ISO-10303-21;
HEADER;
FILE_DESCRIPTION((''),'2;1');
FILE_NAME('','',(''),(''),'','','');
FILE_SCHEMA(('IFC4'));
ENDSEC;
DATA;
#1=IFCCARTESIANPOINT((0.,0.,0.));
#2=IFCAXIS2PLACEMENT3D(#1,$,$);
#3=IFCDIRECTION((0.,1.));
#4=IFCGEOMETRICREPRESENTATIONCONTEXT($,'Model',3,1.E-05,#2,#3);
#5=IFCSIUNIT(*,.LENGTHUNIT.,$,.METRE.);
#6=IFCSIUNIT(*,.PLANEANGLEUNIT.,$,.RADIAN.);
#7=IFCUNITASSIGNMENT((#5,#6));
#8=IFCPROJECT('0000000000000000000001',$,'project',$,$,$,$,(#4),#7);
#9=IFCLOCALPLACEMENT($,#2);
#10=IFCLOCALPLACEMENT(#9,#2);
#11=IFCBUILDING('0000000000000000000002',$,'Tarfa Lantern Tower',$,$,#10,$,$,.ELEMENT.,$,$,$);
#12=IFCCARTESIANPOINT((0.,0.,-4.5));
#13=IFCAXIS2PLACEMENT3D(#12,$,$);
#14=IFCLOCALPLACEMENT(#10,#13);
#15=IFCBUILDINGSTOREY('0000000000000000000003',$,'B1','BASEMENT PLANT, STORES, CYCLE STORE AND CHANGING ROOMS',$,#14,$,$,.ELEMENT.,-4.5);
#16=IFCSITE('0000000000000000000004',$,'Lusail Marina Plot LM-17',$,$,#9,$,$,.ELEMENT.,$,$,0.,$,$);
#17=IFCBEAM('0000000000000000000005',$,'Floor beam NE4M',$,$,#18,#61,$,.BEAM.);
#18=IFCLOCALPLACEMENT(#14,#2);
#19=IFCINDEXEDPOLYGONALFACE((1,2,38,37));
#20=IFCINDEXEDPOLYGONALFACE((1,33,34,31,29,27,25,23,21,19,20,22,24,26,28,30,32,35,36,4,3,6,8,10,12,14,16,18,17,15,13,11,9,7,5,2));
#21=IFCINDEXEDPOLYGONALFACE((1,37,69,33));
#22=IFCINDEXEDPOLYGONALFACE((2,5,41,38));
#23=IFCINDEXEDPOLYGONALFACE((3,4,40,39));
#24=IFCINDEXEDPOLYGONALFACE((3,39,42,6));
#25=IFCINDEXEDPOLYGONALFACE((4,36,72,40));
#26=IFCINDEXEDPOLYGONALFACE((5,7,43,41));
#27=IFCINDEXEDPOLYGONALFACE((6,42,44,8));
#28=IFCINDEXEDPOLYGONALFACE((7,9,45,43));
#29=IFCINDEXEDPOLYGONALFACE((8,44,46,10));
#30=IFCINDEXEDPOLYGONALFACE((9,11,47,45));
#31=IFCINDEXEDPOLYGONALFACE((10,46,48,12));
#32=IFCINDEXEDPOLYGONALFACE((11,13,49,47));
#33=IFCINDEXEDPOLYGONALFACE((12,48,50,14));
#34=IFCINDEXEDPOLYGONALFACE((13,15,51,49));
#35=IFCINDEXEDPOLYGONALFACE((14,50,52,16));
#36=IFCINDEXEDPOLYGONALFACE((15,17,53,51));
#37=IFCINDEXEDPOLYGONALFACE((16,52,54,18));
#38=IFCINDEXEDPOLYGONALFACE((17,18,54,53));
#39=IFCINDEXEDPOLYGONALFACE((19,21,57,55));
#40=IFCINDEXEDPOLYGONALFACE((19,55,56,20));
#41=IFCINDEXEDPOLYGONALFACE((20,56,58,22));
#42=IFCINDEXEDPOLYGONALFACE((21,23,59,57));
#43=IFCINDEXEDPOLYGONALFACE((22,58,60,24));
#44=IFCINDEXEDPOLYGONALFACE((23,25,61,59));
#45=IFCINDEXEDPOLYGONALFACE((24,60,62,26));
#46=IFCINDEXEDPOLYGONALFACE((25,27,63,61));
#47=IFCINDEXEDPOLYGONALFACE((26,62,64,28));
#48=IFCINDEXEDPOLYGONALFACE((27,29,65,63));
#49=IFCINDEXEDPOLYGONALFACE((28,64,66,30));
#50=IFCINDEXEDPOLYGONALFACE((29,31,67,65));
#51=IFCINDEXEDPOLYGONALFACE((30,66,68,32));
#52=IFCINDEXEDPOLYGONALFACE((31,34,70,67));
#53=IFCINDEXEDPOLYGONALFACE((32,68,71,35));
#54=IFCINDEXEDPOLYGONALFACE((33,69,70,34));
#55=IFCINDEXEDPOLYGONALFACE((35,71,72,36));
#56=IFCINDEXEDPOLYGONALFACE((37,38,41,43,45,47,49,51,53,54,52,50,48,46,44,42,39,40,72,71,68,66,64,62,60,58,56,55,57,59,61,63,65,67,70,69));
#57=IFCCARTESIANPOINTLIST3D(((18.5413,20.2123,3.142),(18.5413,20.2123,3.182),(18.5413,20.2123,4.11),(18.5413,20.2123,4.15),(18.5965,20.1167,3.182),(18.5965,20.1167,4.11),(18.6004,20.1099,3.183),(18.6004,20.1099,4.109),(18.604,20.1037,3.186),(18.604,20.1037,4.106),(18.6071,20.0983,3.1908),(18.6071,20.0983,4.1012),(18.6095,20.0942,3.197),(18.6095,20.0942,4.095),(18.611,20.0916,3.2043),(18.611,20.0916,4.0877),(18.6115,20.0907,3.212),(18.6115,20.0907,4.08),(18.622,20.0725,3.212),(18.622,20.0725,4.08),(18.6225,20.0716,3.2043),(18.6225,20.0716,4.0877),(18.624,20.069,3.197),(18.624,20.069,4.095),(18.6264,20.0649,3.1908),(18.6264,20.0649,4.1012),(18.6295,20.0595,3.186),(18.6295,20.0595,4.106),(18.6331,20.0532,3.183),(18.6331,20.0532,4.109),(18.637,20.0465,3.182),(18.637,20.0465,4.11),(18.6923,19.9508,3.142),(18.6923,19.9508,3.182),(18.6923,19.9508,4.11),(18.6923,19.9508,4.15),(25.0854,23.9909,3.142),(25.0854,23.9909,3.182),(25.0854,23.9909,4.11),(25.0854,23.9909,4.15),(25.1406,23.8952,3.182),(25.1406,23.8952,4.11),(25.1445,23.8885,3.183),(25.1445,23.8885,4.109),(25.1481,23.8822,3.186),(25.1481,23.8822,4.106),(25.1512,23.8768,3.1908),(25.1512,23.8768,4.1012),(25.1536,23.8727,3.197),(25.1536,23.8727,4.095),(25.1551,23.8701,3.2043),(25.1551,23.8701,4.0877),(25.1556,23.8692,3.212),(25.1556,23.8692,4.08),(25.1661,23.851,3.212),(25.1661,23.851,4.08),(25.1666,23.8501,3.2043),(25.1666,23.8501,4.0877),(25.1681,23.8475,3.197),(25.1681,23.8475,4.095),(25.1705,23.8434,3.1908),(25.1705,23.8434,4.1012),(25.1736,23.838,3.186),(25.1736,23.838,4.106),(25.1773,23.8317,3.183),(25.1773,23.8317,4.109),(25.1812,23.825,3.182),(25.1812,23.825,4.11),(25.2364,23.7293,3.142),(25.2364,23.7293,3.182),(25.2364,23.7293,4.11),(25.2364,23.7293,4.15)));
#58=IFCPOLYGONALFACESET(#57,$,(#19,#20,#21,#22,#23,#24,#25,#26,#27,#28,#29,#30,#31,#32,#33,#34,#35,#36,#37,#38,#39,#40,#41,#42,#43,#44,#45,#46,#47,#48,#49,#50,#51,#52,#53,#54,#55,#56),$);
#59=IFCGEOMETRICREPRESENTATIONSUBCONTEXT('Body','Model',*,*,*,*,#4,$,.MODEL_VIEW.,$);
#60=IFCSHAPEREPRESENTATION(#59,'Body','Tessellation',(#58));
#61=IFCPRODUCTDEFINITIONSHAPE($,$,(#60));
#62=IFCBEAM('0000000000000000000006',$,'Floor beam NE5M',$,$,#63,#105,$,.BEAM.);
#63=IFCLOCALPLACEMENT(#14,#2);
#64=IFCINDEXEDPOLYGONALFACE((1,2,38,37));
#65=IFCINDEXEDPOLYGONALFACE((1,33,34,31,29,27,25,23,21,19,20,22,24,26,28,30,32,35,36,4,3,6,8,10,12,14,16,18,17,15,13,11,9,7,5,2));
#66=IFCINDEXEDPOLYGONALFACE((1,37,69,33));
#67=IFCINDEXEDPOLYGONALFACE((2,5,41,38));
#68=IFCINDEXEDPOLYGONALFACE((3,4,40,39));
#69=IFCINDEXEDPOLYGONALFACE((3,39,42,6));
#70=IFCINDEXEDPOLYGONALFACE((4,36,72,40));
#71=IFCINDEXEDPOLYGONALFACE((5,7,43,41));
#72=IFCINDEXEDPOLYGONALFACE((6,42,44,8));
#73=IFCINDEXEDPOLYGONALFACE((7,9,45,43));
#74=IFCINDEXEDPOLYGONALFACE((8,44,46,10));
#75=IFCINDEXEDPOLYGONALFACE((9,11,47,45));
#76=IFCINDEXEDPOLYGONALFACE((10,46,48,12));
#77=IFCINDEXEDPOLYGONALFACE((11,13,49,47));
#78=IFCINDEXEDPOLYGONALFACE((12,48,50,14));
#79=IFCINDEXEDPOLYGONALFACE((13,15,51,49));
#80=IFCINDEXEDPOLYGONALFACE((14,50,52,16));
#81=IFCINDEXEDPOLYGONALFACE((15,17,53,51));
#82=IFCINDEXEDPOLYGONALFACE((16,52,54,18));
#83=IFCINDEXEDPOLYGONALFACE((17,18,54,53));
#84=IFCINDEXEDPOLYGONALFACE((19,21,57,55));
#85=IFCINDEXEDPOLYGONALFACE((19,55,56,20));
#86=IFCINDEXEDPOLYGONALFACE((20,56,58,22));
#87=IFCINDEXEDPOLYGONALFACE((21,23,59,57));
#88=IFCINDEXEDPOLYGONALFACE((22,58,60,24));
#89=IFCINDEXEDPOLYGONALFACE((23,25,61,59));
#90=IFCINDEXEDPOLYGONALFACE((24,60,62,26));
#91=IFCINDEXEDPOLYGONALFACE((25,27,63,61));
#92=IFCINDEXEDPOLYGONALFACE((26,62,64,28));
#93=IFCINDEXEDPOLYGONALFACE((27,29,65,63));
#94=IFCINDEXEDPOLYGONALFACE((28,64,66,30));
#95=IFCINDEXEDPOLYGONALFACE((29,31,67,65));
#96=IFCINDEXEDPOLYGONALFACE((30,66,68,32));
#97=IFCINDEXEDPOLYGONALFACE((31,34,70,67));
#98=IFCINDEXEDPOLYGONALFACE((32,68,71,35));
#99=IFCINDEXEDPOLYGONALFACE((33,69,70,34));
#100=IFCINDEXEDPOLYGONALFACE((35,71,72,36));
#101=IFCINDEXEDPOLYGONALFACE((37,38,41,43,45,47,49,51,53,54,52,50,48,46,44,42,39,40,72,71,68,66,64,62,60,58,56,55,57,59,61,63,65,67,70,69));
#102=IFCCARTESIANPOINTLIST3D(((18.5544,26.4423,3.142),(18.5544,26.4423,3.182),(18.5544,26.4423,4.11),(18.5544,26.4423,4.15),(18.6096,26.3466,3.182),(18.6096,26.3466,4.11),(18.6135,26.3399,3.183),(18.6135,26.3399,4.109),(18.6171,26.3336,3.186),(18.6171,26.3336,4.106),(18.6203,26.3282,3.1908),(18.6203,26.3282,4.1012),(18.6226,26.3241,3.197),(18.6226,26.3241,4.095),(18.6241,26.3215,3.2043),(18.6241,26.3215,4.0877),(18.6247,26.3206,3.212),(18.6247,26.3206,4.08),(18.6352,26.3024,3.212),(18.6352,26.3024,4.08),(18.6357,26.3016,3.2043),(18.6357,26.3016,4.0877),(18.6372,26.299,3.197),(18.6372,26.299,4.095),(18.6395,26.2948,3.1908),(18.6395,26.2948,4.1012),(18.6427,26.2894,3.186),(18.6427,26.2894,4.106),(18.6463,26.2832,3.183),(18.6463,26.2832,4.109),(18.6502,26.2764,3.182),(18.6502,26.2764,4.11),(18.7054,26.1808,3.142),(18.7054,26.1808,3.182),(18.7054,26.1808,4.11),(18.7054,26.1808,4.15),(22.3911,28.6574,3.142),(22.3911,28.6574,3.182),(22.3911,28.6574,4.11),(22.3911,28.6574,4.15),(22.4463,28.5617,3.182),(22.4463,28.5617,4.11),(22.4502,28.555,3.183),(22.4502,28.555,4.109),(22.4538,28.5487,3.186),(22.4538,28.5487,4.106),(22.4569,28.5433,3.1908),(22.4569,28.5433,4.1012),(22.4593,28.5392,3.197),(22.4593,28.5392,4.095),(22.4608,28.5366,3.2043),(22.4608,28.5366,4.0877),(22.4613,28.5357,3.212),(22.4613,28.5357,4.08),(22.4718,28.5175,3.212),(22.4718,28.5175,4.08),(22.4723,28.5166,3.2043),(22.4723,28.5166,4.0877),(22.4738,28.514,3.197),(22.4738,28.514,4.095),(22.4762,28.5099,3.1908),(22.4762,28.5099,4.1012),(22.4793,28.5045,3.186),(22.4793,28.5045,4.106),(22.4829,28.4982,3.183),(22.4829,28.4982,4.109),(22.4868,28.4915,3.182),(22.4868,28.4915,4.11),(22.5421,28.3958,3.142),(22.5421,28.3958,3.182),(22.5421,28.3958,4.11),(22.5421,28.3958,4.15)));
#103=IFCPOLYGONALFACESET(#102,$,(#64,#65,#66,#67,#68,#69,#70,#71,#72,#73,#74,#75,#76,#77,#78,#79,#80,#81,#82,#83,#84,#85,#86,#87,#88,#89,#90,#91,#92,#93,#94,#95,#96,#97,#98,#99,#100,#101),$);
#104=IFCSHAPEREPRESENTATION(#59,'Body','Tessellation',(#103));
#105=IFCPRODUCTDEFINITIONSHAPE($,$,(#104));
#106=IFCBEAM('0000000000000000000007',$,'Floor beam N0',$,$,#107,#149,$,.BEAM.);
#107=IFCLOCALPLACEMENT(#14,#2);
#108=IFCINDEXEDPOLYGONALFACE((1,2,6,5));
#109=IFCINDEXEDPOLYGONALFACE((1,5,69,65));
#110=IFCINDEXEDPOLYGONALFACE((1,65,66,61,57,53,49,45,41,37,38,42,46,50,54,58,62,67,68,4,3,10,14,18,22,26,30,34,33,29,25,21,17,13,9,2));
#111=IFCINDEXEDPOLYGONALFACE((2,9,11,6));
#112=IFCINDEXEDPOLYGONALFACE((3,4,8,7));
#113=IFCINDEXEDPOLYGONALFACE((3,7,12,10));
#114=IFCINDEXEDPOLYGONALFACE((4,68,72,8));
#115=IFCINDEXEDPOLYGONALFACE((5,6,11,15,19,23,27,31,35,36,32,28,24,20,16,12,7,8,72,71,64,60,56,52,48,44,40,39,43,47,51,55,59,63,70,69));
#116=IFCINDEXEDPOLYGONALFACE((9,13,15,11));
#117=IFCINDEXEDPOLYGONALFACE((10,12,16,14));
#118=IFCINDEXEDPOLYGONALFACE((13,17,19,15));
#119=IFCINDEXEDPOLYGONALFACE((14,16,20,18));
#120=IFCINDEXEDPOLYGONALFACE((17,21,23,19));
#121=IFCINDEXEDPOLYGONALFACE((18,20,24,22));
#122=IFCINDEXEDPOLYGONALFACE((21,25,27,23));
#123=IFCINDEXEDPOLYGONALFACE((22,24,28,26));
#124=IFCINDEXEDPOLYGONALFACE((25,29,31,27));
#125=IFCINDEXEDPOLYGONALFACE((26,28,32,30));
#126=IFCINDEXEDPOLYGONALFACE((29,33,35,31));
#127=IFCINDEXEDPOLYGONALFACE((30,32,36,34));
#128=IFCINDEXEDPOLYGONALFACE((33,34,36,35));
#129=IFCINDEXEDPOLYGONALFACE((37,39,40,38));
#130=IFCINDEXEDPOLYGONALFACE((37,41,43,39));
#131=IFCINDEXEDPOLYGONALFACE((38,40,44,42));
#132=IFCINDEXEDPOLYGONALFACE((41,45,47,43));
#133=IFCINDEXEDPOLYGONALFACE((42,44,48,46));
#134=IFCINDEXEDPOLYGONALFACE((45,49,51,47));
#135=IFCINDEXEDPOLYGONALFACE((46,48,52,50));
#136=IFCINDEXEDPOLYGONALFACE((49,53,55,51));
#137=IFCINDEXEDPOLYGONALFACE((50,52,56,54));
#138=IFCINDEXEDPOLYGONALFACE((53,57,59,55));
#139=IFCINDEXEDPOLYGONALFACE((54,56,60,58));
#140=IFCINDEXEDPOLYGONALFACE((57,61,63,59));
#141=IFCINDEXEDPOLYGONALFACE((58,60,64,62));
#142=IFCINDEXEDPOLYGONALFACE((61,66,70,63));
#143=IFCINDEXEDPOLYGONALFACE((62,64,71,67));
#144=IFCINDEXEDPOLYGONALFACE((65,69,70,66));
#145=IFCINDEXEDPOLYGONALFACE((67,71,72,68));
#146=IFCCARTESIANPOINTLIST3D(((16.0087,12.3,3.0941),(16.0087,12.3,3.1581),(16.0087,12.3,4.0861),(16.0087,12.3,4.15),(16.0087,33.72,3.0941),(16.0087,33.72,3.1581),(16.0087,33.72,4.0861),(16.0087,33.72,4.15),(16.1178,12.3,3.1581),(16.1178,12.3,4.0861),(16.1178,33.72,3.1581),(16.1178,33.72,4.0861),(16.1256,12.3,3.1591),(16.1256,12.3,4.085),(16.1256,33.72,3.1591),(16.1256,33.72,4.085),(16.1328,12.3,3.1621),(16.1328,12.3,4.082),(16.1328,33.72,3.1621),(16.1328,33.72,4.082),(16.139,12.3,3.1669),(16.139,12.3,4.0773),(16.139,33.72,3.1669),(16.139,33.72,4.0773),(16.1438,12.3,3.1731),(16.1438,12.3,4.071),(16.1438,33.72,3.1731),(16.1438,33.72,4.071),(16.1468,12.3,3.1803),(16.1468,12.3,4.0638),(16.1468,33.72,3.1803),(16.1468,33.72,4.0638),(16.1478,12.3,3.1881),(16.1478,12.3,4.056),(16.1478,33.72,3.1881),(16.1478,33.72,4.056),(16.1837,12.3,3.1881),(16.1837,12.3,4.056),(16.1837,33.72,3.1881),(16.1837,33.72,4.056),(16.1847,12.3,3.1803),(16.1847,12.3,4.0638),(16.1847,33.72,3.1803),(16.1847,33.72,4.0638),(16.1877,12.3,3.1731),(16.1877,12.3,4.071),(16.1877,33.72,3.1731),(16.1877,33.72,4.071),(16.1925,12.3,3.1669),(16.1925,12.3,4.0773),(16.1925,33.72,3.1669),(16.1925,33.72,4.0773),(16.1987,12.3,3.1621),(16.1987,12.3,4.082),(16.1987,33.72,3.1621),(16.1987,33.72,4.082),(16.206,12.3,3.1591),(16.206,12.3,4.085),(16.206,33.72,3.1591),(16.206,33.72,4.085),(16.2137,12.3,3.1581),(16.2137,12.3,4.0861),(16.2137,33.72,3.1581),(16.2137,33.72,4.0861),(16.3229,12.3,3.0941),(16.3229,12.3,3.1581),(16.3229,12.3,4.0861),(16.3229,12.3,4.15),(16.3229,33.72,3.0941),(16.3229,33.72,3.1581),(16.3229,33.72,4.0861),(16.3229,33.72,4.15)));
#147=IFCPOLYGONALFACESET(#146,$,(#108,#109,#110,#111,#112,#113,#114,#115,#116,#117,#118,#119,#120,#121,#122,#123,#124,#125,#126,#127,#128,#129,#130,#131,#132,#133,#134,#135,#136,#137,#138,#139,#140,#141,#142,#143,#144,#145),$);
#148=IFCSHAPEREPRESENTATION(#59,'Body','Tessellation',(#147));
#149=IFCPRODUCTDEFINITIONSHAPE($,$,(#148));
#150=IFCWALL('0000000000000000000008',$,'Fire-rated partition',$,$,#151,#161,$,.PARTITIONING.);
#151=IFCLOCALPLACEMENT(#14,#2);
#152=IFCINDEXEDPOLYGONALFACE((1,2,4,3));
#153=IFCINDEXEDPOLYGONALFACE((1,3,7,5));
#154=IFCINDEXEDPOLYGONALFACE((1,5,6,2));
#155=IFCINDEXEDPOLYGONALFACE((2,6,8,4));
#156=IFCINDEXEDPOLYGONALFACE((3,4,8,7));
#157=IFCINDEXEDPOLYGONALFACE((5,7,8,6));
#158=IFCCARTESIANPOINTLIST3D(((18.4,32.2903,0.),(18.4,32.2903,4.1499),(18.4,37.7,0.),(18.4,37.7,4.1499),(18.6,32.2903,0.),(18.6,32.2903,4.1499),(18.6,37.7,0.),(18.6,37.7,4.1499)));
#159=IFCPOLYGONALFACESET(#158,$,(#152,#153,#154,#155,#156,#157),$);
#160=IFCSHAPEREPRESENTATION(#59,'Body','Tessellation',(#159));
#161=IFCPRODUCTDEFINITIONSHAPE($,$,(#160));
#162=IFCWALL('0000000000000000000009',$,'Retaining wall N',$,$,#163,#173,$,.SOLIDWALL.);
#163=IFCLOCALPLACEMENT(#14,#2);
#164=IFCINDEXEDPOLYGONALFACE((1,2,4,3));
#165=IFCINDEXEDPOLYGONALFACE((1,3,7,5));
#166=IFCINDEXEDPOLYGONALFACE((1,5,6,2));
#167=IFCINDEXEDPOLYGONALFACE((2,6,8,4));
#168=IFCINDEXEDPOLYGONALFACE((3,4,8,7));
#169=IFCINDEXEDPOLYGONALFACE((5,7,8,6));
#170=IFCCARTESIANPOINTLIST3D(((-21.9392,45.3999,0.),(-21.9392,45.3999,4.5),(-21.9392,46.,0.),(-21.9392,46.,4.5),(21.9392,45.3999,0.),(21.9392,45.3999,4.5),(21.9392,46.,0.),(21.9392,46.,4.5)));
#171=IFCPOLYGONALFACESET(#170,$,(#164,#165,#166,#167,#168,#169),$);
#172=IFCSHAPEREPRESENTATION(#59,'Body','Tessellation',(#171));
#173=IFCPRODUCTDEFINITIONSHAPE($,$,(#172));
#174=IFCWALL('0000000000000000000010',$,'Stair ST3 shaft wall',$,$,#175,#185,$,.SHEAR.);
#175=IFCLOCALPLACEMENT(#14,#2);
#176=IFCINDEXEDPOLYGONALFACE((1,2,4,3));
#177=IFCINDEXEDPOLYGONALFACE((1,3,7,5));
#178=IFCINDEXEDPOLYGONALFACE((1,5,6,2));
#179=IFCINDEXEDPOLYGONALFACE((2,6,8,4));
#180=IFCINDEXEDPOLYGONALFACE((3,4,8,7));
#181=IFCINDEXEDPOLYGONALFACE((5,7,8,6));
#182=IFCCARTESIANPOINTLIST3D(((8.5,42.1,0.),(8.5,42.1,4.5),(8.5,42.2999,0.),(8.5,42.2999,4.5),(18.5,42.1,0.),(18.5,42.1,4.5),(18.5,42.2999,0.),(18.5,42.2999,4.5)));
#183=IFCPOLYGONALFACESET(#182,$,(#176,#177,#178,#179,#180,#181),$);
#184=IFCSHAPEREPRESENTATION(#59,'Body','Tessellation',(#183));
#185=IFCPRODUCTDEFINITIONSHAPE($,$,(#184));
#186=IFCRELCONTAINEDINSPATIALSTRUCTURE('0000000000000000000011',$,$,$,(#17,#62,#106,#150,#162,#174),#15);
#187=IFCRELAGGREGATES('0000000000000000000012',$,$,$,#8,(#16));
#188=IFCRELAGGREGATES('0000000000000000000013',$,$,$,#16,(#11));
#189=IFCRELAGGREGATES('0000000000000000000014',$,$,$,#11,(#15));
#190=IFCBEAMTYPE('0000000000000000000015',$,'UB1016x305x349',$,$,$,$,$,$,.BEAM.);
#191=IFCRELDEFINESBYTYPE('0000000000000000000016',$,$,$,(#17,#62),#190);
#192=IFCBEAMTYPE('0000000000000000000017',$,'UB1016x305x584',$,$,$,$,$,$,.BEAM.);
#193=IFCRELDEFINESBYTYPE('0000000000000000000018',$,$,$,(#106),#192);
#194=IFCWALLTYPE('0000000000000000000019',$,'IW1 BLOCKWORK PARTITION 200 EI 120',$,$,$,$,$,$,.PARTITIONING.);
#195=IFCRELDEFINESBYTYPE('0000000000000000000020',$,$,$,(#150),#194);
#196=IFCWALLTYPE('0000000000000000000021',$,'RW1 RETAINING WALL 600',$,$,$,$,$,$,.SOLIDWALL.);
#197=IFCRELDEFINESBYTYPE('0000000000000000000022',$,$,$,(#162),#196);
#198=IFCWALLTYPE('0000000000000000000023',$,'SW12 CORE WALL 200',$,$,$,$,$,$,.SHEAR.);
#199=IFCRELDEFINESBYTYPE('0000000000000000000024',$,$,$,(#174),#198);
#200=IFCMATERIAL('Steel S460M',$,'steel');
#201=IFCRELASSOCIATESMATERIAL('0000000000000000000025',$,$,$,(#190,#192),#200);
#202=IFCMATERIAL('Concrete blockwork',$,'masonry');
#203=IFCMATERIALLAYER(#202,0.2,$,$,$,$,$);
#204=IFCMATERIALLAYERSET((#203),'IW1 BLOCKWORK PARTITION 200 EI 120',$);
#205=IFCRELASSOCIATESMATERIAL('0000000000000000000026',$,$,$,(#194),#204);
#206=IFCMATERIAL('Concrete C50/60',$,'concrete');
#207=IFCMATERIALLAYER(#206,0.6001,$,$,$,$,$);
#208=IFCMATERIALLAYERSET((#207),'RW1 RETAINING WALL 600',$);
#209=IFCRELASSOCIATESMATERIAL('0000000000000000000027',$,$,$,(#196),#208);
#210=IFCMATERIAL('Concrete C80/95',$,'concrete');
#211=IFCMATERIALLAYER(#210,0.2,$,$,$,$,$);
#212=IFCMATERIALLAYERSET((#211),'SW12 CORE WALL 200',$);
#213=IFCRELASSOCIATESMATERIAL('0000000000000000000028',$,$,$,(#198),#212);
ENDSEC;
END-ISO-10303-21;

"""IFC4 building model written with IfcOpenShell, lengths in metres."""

from ifc_helpers import new_model, si_unit, direction, frame, frame_2d, origin, origin_2d, place, context, subcontext, project, spatial, rectangle, i_section, extrude, material, layer, layer_set, material_profile, profile_set, type_object, element, save


model = new_model("IFC4")

# Units and contexts
model_context = context("Model", 3, precision=1e-05, world=origin(), true_north=direction((0.0, 1.0)))
body_context = subcontext(model_context, "Body", "Model", "MODEL_VIEW")
ifc_project = project(units=[si_unit("LENGTHUNIT", "METRE"), si_unit("PLANEANGLEUNIT", "RADIAN")], contexts=[model_context])

# Site, building, storey
site_placement = place(None, origin())
site = spatial("IfcSite", under=ifc_project, at=site_placement, Name="Lusail Marina Plot LM-17", CompositionType="ELEMENT", RefElevation=0.0)
building_placement = place(site_placement, origin())
building = spatial("IfcBuilding", under=site, at=building_placement, Name="Tarfa Lantern Tower", CompositionType="ELEMENT")
storey_placement = place(building_placement, frame((0.0, 0.0, -4.5)))
storey = spatial("IfcBuildingStorey", under=building, at=storey_placement, Name="B1", Description="BASEMENT PLANT, STORES, CYCLE STORE AND CHANGING ROOMS", CompositionType="ELEMENT", Elevation=-4.5)

# Shared definitions
ifc_material_1 = material(Name="Concrete C80/95", Category="concrete")

# Beams
ifc_material_2 = material(Name="Steel S460M", Category="steel")
ifc_material_profile_1 = material_profile(ifc_material_2, i_section(OverallWidth=0.302, OverallDepth=1.0081, WebThickness=0.021, FlangeThickness=0.04, FilletRadius=0.03, at=origin_2d()), Name="UB1016x305x349")
ifc_profile_set_1 = profile_set([ifc_material_profile_1], Name="Steel S460M")
beam_type_1 = type_object("IfcBeamType", Name="UB1016x305x349", PredefinedType="BEAM", material=ifc_profile_set_1)
beam_1_placement = place(storey_placement, frame((25.1609, 23.8601, 3.646), z_axis=(-0.86601, -0.500027, 0.0), x_axis=(0.500027, -0.86601, 0.0)))
element("IfcBeam", 1, at=beam_1_placement, inside=storey, type_object=beam_type_1, Name="Floor beam NE4M", PredefinedType="BEAM", context=body_context, shape_type="SweptSolid", body=[
    extrude(i_section(OverallWidth=0.302, OverallDepth=1.0081, WebThickness=0.021, FlangeThickness=0.04, FilletRadius=0.03, at=origin_2d()), origin(), (0.0, 0.0, 1.0), 7.5566),
])
beam_2_placement = place(storey_placement, frame((22.4666, 28.5266, 3.646), z_axis=(-0.866027, -0.499998, 0.0), x_axis=(0.499998, -0.866027, 0.0)))
element("IfcBeam", 2, at=beam_2_placement, inside=storey, type_object=beam_type_1, Name="Floor beam NE5M", PredefinedType="BEAM", context=body_context, shape_type="SweptSolid", body=[
    extrude(i_section(OverallWidth=0.302, OverallDepth=1.0081, WebThickness=0.021, FlangeThickness=0.04, FilletRadius=0.03, at=origin_2d()), origin(), (0.0, 0.0, 1.0), 4.4302),
])
ifc_material_profile_2 = material_profile(ifc_material_2, i_section(OverallWidth=0.3142, OverallDepth=1.0559, WebThickness=0.0359, FlangeThickness=0.064, FilletRadius=0.03, at=origin_2d()), Name="UB1016x305x584")
ifc_profile_set_2 = profile_set([ifc_material_profile_2], Name="Steel S460M")
beam_type_2 = type_object("IfcBeamType", Name="UB1016x305x584", PredefinedType="BEAM", material=ifc_profile_set_2)
beam_3_placement = place(storey_placement, frame((16.1658, 33.72, 3.6221), z_axis=(0.0, -1.0, 0.0), x_axis=(1.0, 0.0, 0.0)))
element("IfcBeam", 3, at=beam_3_placement, inside=storey, type_object=beam_type_2, Name="Floor beam N0", PredefinedType="BEAM", context=body_context, shape_type="SweptSolid", body=[
    extrude(i_section(OverallWidth=0.3142, OverallDepth=1.0559, WebThickness=0.0359, FlangeThickness=0.064, FilletRadius=0.03, at=origin_2d()), origin(), (0.0, 0.0, 1.0), 21.4199),
])

# Walls
ifc_material_3 = material(Name="Concrete blockwork", Category="masonry")
ifc_layer_1 = layer(ifc_material_3, 0.2)
ifc_layer_set_1 = layer_set([ifc_layer_1], Name="IW1 BLOCKWORK PARTITION 200 EI 120")
wall_type_1 = type_object("IfcWallType", Name="IW1 BLOCKWORK PARTITION 200 EI 120", PredefinedType="PARTITIONING", material=ifc_layer_set_1)
wall_1_placement = place(storey_placement, frame((18.5, 32.2903, 0.0), z_axis=(0.0, 0.0, 1.0), x_axis=(0.0, 1.0, 0.0)))
element("IfcWall", 4, at=wall_1_placement, inside=storey, type_object=wall_type_1, Name="Fire-rated partition", PredefinedType="PARTITIONING", context=body_context, shape_type="SweptSolid", body=[
    extrude(rectangle(XDim=5.4097, YDim=0.2, at=frame_2d((2.7048, 0.0))), origin(), (0.0, 0.0, 1.0), 4.1499),
])
ifc_material_4 = material(Name="Concrete C50/60", Category="concrete")
ifc_layer_2 = layer(ifc_material_4, 0.6001)
ifc_layer_set_2 = layer_set([ifc_layer_2], Name="RW1 RETAINING WALL 600")
wall_type_2 = type_object("IfcWallType", Name="RW1 RETAINING WALL 600", PredefinedType="SOLIDWALL", material=ifc_layer_set_2)
wall_2_placement = place(storey_placement, frame((21.9392, 45.7, 0.0), z_axis=(0.0, 0.0, 1.0), x_axis=(-1.0, 0.0, 0.0)))
element("IfcWall", 5, at=wall_2_placement, inside=storey, type_object=wall_type_2, Name="Retaining wall N", PredefinedType="SOLIDWALL", context=body_context, shape_type="SweptSolid", body=[
    extrude(rectangle(XDim=43.8784, YDim=0.6001, at=frame_2d((21.9392, 0.0))), origin(), (0.0, 0.0, 1.0), 4.5),
])
ifc_layer_3 = layer(ifc_material_1, 0.2)
ifc_layer_set_3 = layer_set([ifc_layer_3], Name="SW12 CORE WALL 200")
wall_type_3 = type_object("IfcWallType", Name="SW12 CORE WALL 200", PredefinedType="SHEAR", material=ifc_layer_set_3)
wall_3_placement = place(storey_placement, frame((18.5, 42.2, 0.0), z_axis=(0.0, 0.0, 1.0), x_axis=(-1.0, 0.0, 0.0)))
element("IfcWall", 6, at=wall_3_placement, inside=storey, type_object=wall_type_3, Name="Stair ST3 shaft wall", PredefinedType="SHEAR", context=body_context, shape_type="SweptSolid", body=[
    extrude(rectangle(XDim=10.0, YDim=0.2, at=frame_2d((5.0, 0.0))), origin(), (0.0, 0.0, 1.0), 4.5),
])

save(model, "model.ifc")
